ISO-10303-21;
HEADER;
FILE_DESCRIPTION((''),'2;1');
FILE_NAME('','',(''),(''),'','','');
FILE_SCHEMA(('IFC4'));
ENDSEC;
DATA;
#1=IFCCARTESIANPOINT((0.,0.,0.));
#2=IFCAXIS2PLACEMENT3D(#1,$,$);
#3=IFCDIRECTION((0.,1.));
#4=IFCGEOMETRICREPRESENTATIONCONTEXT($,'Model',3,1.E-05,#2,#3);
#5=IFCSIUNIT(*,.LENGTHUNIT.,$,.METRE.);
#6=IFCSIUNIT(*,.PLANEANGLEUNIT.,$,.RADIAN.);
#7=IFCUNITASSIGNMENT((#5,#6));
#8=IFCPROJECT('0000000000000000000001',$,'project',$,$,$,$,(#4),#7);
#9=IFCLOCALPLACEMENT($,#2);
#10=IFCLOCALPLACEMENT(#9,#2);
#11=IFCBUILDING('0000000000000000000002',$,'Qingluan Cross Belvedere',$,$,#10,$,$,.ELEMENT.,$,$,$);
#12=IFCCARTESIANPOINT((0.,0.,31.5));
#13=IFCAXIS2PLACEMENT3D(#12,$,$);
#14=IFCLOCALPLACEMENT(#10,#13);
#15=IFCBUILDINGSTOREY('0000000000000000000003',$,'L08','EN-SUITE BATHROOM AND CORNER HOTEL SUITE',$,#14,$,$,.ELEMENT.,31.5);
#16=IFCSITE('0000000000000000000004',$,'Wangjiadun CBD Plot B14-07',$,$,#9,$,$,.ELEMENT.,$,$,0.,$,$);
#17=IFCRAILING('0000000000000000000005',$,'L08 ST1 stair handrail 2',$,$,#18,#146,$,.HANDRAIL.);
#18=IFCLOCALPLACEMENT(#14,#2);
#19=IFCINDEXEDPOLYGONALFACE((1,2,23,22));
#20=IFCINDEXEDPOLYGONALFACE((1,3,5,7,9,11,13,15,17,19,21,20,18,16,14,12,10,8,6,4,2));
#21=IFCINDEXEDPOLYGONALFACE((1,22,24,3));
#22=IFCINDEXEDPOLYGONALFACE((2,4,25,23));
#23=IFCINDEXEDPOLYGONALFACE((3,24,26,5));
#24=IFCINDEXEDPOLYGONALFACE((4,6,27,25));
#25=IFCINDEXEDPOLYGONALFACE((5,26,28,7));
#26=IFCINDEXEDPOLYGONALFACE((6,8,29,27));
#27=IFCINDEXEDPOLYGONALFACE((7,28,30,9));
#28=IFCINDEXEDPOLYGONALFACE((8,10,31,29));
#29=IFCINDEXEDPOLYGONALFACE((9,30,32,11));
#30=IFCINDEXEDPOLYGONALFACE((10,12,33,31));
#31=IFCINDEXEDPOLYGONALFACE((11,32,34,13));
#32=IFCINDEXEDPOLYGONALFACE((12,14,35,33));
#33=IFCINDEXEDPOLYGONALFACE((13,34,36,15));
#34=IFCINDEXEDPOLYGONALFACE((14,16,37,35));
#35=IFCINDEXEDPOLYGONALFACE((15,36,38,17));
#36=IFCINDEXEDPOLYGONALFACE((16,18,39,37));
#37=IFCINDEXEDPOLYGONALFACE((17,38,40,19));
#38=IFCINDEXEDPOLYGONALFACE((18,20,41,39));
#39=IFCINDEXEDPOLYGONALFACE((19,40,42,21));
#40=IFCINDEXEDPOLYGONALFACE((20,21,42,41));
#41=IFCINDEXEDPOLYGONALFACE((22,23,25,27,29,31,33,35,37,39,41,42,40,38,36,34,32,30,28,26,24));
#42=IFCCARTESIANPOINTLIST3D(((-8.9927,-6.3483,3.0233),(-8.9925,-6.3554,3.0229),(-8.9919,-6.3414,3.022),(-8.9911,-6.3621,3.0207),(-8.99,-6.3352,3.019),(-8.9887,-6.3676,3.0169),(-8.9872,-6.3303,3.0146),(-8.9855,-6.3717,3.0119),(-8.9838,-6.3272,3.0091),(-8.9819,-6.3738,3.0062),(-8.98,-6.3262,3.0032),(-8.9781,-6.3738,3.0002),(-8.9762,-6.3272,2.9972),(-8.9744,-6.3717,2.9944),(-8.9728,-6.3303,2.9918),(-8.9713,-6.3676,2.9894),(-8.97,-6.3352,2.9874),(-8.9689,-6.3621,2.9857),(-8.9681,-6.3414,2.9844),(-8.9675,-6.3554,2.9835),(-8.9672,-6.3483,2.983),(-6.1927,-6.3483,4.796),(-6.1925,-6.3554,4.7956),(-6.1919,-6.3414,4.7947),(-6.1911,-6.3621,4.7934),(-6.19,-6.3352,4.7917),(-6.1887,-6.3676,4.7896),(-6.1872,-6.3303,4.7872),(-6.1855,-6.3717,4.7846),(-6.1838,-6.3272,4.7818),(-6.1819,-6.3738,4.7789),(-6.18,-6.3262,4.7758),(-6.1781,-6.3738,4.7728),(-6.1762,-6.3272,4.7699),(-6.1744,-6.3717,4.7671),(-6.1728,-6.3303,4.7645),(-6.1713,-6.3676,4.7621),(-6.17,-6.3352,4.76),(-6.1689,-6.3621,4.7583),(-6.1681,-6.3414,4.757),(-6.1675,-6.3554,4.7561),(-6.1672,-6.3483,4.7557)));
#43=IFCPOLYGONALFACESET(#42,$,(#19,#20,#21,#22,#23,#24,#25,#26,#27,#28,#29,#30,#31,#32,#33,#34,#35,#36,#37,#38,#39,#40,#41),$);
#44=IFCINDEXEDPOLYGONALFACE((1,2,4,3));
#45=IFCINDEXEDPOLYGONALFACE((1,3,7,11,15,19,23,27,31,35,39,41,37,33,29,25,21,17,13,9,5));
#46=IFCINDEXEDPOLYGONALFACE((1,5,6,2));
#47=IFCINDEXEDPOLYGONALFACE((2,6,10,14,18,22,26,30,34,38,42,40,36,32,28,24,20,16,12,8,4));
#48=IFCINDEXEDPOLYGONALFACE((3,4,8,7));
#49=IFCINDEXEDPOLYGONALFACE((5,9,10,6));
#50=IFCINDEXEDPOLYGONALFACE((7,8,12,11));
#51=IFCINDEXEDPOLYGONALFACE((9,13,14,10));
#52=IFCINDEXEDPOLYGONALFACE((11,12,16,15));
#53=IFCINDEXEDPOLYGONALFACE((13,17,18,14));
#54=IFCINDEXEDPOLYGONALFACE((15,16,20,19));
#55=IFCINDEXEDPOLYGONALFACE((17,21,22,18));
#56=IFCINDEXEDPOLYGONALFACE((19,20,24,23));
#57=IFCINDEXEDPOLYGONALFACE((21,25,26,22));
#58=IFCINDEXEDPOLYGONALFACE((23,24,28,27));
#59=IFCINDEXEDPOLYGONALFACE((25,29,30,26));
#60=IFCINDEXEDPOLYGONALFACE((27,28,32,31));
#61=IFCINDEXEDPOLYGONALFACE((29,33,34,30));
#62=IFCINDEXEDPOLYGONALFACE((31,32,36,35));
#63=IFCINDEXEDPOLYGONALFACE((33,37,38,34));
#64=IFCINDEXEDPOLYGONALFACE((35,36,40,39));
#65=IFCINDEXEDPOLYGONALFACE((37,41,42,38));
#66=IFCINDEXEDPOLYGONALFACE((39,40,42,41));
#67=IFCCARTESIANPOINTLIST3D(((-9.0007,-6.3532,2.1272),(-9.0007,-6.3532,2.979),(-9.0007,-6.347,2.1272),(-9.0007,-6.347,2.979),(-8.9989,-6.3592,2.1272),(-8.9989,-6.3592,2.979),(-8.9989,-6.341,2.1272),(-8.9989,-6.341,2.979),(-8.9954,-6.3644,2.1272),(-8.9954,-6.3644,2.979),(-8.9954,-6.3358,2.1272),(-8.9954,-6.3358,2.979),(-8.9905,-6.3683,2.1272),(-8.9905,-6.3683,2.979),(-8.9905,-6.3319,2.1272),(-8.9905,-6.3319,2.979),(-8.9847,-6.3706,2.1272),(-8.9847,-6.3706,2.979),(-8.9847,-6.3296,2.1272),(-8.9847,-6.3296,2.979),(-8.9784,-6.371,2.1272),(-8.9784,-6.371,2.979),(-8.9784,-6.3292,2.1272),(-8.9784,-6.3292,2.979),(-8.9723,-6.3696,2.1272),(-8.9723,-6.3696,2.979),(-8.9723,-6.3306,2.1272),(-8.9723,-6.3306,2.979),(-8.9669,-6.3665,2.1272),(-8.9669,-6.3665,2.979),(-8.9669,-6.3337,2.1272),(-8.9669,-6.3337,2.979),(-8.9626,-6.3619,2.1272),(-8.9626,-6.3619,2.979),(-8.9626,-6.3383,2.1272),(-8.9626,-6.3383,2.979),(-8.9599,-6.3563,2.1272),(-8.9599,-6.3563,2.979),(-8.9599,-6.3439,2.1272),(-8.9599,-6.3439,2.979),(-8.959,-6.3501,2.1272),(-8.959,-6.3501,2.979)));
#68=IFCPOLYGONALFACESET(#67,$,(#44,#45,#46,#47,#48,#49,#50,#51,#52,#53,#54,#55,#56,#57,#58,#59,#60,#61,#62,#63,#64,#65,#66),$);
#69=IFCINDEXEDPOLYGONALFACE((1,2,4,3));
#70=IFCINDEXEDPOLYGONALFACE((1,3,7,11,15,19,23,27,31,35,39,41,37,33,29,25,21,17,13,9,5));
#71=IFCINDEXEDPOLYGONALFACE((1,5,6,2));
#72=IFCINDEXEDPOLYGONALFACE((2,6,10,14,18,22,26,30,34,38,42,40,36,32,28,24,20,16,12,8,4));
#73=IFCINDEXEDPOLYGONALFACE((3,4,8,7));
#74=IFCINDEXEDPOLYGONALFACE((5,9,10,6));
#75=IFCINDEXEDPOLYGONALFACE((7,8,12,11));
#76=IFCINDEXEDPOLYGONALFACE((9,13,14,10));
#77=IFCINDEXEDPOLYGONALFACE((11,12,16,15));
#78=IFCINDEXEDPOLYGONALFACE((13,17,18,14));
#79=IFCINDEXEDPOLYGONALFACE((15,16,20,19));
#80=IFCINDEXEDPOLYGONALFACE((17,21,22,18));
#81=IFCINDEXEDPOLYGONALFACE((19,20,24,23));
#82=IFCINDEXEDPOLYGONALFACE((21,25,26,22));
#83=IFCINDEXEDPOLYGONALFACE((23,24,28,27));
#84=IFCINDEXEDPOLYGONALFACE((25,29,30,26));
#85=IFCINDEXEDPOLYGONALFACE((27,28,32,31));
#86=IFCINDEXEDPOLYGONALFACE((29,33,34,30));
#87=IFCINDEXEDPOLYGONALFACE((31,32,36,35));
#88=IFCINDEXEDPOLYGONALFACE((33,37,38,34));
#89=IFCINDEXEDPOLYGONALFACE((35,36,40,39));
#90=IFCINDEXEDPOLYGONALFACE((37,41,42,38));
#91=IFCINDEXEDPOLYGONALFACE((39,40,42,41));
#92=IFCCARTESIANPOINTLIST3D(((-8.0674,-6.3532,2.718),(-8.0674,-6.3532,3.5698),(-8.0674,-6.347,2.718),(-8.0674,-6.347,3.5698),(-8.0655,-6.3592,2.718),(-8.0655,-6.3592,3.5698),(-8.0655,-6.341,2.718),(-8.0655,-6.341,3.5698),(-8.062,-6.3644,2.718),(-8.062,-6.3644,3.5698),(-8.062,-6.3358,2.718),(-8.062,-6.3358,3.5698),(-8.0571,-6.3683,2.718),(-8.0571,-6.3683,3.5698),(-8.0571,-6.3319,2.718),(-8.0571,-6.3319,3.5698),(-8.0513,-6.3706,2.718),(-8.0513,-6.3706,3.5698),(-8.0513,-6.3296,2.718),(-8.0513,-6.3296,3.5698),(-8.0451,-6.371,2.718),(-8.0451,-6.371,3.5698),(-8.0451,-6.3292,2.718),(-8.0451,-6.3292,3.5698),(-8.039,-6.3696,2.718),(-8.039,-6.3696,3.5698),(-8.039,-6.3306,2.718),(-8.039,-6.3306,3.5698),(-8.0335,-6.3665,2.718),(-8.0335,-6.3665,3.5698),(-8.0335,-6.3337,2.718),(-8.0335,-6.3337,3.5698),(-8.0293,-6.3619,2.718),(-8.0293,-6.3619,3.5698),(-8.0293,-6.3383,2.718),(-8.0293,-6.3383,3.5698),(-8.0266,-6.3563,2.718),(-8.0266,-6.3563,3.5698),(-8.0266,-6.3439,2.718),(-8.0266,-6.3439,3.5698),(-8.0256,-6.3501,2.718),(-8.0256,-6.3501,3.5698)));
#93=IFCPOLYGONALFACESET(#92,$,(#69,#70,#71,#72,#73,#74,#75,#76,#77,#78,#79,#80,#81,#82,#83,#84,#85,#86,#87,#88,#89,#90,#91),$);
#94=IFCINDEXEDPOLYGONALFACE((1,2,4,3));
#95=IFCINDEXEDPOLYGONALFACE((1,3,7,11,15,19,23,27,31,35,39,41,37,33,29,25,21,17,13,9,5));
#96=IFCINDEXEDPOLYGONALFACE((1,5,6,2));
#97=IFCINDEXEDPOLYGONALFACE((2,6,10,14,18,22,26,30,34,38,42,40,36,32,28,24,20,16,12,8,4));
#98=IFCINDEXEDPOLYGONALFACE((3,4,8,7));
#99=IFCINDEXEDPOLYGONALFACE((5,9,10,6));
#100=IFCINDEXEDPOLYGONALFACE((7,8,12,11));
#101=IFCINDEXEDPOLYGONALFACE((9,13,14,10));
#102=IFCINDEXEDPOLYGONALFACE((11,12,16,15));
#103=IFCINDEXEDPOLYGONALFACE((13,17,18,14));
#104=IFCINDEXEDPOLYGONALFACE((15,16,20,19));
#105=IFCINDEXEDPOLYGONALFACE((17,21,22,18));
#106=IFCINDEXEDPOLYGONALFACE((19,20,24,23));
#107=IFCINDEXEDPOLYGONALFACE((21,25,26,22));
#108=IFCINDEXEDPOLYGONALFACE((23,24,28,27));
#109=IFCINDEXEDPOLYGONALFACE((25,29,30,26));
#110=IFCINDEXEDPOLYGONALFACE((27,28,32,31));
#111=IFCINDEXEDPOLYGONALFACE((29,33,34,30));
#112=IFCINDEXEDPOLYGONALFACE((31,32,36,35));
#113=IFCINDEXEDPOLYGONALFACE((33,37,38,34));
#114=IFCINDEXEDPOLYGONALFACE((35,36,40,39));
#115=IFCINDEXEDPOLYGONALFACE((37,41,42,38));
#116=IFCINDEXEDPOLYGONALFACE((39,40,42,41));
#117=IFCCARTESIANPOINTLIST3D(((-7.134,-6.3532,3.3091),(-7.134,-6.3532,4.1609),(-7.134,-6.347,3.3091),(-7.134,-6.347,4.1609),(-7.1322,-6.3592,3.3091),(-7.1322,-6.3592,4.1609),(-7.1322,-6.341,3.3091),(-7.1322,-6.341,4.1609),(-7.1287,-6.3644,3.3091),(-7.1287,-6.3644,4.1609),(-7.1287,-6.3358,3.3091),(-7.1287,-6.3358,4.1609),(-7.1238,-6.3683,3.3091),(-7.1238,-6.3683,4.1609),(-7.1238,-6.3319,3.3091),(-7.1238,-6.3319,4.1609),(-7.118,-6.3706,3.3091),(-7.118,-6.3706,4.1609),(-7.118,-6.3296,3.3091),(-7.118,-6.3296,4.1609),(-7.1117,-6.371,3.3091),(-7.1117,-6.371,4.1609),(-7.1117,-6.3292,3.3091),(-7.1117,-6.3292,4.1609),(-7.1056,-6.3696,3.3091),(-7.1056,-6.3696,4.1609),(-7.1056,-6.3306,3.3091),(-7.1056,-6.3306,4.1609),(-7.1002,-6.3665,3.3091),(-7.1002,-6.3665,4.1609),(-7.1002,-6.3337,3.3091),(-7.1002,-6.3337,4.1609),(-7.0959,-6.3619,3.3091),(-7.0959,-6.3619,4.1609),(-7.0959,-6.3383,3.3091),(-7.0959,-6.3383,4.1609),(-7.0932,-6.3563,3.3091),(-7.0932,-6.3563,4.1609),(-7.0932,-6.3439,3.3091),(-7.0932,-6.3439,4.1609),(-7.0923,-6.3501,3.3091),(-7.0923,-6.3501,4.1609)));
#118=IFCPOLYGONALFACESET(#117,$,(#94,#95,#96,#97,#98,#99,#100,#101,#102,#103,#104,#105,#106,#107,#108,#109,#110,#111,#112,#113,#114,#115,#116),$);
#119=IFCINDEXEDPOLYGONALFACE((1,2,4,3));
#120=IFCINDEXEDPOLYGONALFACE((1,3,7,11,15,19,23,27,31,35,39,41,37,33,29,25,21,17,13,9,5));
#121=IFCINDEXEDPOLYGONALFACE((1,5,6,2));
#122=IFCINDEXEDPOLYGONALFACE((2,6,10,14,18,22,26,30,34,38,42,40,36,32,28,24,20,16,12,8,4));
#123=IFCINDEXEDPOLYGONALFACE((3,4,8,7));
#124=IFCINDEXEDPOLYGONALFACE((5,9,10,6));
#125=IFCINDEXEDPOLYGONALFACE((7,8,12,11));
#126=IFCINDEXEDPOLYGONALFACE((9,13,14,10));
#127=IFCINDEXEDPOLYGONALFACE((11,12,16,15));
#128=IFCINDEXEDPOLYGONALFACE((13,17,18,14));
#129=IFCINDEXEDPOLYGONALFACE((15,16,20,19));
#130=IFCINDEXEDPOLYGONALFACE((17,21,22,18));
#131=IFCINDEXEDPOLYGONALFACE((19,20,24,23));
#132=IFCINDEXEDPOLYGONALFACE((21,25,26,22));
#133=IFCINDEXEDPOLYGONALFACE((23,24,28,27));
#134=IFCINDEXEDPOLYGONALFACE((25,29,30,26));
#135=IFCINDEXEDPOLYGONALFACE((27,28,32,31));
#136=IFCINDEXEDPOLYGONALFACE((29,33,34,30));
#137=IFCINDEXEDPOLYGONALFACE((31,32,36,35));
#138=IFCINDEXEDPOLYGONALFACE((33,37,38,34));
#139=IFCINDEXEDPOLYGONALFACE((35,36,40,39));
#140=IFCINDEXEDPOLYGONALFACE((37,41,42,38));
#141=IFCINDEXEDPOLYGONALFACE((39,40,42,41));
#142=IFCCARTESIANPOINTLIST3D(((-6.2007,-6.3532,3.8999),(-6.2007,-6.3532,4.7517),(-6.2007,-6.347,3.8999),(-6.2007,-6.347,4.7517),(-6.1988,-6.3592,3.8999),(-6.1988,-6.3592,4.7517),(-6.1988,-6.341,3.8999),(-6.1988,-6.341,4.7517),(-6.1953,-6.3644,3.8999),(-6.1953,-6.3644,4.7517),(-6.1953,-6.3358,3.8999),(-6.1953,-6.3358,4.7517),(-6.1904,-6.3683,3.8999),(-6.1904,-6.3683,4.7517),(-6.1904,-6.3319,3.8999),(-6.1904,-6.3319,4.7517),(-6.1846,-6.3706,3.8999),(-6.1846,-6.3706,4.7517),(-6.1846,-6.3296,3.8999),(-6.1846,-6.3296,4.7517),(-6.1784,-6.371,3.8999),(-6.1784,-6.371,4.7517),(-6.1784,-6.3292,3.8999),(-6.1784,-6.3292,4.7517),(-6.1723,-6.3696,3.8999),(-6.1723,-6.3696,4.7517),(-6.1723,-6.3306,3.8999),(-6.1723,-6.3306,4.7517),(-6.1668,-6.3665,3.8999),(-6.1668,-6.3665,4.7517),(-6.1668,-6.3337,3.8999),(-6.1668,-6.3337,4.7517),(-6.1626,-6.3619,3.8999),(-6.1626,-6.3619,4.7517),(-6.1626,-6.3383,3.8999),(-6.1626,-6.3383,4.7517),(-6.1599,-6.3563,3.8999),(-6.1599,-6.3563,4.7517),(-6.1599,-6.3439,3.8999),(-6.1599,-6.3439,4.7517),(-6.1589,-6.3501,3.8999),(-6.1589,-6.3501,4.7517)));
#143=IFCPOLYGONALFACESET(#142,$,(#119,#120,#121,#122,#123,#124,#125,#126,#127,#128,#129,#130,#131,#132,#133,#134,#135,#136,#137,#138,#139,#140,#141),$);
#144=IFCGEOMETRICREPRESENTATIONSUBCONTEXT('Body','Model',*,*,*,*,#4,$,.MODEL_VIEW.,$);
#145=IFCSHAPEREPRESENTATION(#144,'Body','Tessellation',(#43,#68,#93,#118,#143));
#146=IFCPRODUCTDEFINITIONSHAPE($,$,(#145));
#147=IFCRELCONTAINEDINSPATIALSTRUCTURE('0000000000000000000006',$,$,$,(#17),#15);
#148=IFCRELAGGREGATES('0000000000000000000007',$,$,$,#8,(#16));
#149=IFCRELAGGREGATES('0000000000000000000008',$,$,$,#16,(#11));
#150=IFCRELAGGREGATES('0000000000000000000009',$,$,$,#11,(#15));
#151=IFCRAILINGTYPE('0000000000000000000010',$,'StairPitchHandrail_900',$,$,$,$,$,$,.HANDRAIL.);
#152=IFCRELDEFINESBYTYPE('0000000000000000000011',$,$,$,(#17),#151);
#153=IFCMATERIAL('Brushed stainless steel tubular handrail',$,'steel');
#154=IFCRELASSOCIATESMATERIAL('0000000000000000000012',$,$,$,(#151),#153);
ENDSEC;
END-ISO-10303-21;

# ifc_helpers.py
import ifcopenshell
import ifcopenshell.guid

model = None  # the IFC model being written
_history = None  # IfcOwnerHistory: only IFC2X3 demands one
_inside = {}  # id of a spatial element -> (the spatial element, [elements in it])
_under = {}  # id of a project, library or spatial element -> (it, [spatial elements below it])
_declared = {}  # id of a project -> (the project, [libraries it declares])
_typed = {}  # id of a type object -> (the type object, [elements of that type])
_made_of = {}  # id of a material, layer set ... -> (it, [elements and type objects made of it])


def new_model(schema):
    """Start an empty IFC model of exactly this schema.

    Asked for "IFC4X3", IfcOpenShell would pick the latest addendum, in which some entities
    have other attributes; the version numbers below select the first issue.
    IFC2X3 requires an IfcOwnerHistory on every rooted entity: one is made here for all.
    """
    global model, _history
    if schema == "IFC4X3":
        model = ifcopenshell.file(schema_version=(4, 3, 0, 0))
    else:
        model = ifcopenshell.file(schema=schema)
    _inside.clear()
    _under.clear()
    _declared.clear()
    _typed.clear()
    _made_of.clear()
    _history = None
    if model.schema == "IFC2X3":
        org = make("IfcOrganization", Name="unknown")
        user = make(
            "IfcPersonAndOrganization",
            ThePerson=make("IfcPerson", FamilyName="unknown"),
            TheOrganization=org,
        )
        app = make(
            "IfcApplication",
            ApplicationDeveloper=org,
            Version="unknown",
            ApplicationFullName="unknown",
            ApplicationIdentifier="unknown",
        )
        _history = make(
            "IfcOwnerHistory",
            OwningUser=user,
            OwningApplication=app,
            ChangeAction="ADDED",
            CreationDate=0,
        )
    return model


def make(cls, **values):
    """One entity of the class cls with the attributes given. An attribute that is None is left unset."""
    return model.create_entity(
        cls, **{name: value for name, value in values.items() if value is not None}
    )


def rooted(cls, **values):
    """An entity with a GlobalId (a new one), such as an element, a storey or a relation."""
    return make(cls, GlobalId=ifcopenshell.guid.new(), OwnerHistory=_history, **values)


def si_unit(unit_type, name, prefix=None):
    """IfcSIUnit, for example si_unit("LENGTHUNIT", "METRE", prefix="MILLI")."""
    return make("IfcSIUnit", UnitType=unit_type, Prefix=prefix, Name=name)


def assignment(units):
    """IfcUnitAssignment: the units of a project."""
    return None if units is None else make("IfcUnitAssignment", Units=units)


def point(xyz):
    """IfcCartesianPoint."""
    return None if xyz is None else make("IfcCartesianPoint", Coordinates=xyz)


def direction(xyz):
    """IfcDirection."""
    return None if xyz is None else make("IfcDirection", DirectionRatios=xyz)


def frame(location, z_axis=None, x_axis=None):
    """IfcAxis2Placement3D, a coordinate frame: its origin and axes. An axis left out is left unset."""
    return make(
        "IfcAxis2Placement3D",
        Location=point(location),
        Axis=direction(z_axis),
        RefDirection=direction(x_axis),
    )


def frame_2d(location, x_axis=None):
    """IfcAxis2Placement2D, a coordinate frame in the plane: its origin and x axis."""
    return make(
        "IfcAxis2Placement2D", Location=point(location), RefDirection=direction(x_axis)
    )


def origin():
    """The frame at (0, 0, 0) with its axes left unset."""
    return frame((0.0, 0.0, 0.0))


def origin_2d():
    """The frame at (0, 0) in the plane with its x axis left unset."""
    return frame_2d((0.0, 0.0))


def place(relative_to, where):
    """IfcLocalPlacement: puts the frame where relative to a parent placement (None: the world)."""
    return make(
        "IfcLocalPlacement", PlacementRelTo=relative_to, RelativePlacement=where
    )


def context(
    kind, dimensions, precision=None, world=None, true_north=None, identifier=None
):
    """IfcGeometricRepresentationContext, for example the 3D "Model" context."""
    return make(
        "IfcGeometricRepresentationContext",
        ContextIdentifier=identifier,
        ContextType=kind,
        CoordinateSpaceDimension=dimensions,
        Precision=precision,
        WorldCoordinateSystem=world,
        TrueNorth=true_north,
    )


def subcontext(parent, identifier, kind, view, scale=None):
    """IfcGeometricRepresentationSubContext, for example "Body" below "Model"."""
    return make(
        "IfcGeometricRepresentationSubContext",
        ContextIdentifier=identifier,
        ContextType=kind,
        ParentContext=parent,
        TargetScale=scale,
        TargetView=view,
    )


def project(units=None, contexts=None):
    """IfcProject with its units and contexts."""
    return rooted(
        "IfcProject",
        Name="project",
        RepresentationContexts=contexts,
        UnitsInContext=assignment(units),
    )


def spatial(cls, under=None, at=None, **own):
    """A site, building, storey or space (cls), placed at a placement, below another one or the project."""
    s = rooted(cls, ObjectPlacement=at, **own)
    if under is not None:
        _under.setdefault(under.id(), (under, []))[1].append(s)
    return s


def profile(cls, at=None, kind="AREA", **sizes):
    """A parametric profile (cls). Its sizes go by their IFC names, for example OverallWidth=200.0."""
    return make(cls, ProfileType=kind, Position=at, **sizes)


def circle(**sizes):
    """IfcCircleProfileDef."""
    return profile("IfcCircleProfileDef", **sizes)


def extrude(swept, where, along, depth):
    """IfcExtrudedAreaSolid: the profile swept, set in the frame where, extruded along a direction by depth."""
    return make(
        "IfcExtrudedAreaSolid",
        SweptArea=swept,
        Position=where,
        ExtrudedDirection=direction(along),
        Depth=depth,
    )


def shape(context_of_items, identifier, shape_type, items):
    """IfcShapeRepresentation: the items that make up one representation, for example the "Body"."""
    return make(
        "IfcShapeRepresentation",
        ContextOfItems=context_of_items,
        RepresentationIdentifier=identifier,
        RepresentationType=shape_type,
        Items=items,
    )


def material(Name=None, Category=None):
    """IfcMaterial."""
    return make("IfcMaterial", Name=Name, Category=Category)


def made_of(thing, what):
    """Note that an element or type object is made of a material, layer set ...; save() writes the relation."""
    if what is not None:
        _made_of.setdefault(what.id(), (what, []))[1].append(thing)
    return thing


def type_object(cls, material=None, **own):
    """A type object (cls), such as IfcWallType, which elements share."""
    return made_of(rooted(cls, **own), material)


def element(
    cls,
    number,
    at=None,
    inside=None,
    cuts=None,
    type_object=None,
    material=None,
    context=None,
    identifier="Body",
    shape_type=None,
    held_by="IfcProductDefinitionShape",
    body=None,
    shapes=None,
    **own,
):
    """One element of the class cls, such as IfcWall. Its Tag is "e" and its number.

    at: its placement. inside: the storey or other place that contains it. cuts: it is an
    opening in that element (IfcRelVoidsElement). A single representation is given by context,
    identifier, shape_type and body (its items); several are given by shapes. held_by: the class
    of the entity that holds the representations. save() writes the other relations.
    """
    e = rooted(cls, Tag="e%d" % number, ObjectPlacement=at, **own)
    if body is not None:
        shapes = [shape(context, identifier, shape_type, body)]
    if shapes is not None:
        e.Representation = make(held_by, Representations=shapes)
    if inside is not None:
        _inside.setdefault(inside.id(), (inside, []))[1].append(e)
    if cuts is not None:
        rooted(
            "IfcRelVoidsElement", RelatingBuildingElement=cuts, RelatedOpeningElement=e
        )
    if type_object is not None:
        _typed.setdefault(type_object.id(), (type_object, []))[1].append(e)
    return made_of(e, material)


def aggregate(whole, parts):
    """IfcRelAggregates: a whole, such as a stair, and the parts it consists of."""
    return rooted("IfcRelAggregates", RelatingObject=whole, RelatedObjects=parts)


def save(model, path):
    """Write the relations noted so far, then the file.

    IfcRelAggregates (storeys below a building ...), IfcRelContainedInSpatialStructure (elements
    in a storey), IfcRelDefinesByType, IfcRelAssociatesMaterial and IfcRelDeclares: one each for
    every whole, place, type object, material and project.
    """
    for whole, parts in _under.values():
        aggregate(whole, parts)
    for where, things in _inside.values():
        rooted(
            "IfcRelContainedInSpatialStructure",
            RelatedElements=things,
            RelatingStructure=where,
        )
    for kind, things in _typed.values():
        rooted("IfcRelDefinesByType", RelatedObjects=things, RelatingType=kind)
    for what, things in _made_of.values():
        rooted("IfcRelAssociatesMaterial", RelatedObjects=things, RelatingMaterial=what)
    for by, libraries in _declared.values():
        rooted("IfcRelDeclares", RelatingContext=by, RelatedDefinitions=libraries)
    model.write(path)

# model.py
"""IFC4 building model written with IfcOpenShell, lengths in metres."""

from ifc_helpers import new_model, si_unit, direction, frame, origin, origin_2d, place, context, subcontext, project, spatial, circle, extrude, material, type_object, element, save


model = new_model("IFC4")

# Units and contexts
model_context = context("Model", 3, precision=1e-05, world=origin(), true_north=direction((0.0, 1.0)))
body_context = subcontext(model_context, "Body", "Model", "MODEL_VIEW")
ifc_project = project(units=[si_unit("LENGTHUNIT", "METRE"), si_unit("PLANEANGLEUNIT", "RADIAN")], contexts=[model_context])

# Site, building, storey
site_placement = place(None, origin())
site = spatial("IfcSite", under=ifc_project, at=site_placement, Name="Wangjiadun CBD Plot B14-07", CompositionType="ELEMENT", RefElevation=0.0)
building_placement = place(site_placement, origin())
building = spatial("IfcBuilding", under=site, at=building_placement, Name="Qingluan Cross Belvedere", CompositionType="ELEMENT")
storey_placement = place(building_placement, frame((0.0, 0.0, 31.5)))
storey = spatial("IfcBuildingStorey", under=building, at=storey_placement, Name="L08", Description="EN-SUITE BATHROOM AND CORNER HOTEL SUITE", CompositionType="ELEMENT", Elevation=31.5)

# Railing
ifc_material_1 = material(Name="Brushed stainless steel tubular handrail", Category="steel")
railing_type_1 = type_object("IfcRailingType", Name="StairPitchHandrail_900", PredefinedType="HANDRAIL", material=ifc_material_1)
railing_1_placement = place(storey_placement, frame((-8.98, -6.3501, 2.1272)))
element("IfcRailing", 1, at=railing_1_placement, inside=storey, type_object=railing_type_1, Name="L08 ST1 stair handrail 2", PredefinedType="HANDRAIL", context=body_context, shape_type="SweptSolid", body=[
    extrude(circle(Radius=0.0239, at=origin_2d()), frame((0.0, 0.0, 0.876), z_axis=(0.844909, 0.0, 0.53491), x_axis=(0.0, 1.0, 0.0)), (0.0, 0.0, 1.0), 3.314),
    extrude(circle(Radius=0.021, at=origin_2d()), origin(), (0.0, 0.0, 1.0), 0.8518),
    extrude(circle(Radius=0.021, at=origin_2d()), frame((0.9333, 0.0, 0.5908)), (0.0, 0.0, 1.0), 0.8518),
    extrude(circle(Radius=0.021, at=origin_2d()), frame((1.8667, 0.0, 1.1819)), (0.0, 0.0, 1.0), 0.8518),
    extrude(circle(Radius=0.021, at=origin_2d()), frame((2.8, 0.0, 1.7727)), (0.0, 0.0, 1.0), 0.8518),
])

save(model, "model.ifc")
